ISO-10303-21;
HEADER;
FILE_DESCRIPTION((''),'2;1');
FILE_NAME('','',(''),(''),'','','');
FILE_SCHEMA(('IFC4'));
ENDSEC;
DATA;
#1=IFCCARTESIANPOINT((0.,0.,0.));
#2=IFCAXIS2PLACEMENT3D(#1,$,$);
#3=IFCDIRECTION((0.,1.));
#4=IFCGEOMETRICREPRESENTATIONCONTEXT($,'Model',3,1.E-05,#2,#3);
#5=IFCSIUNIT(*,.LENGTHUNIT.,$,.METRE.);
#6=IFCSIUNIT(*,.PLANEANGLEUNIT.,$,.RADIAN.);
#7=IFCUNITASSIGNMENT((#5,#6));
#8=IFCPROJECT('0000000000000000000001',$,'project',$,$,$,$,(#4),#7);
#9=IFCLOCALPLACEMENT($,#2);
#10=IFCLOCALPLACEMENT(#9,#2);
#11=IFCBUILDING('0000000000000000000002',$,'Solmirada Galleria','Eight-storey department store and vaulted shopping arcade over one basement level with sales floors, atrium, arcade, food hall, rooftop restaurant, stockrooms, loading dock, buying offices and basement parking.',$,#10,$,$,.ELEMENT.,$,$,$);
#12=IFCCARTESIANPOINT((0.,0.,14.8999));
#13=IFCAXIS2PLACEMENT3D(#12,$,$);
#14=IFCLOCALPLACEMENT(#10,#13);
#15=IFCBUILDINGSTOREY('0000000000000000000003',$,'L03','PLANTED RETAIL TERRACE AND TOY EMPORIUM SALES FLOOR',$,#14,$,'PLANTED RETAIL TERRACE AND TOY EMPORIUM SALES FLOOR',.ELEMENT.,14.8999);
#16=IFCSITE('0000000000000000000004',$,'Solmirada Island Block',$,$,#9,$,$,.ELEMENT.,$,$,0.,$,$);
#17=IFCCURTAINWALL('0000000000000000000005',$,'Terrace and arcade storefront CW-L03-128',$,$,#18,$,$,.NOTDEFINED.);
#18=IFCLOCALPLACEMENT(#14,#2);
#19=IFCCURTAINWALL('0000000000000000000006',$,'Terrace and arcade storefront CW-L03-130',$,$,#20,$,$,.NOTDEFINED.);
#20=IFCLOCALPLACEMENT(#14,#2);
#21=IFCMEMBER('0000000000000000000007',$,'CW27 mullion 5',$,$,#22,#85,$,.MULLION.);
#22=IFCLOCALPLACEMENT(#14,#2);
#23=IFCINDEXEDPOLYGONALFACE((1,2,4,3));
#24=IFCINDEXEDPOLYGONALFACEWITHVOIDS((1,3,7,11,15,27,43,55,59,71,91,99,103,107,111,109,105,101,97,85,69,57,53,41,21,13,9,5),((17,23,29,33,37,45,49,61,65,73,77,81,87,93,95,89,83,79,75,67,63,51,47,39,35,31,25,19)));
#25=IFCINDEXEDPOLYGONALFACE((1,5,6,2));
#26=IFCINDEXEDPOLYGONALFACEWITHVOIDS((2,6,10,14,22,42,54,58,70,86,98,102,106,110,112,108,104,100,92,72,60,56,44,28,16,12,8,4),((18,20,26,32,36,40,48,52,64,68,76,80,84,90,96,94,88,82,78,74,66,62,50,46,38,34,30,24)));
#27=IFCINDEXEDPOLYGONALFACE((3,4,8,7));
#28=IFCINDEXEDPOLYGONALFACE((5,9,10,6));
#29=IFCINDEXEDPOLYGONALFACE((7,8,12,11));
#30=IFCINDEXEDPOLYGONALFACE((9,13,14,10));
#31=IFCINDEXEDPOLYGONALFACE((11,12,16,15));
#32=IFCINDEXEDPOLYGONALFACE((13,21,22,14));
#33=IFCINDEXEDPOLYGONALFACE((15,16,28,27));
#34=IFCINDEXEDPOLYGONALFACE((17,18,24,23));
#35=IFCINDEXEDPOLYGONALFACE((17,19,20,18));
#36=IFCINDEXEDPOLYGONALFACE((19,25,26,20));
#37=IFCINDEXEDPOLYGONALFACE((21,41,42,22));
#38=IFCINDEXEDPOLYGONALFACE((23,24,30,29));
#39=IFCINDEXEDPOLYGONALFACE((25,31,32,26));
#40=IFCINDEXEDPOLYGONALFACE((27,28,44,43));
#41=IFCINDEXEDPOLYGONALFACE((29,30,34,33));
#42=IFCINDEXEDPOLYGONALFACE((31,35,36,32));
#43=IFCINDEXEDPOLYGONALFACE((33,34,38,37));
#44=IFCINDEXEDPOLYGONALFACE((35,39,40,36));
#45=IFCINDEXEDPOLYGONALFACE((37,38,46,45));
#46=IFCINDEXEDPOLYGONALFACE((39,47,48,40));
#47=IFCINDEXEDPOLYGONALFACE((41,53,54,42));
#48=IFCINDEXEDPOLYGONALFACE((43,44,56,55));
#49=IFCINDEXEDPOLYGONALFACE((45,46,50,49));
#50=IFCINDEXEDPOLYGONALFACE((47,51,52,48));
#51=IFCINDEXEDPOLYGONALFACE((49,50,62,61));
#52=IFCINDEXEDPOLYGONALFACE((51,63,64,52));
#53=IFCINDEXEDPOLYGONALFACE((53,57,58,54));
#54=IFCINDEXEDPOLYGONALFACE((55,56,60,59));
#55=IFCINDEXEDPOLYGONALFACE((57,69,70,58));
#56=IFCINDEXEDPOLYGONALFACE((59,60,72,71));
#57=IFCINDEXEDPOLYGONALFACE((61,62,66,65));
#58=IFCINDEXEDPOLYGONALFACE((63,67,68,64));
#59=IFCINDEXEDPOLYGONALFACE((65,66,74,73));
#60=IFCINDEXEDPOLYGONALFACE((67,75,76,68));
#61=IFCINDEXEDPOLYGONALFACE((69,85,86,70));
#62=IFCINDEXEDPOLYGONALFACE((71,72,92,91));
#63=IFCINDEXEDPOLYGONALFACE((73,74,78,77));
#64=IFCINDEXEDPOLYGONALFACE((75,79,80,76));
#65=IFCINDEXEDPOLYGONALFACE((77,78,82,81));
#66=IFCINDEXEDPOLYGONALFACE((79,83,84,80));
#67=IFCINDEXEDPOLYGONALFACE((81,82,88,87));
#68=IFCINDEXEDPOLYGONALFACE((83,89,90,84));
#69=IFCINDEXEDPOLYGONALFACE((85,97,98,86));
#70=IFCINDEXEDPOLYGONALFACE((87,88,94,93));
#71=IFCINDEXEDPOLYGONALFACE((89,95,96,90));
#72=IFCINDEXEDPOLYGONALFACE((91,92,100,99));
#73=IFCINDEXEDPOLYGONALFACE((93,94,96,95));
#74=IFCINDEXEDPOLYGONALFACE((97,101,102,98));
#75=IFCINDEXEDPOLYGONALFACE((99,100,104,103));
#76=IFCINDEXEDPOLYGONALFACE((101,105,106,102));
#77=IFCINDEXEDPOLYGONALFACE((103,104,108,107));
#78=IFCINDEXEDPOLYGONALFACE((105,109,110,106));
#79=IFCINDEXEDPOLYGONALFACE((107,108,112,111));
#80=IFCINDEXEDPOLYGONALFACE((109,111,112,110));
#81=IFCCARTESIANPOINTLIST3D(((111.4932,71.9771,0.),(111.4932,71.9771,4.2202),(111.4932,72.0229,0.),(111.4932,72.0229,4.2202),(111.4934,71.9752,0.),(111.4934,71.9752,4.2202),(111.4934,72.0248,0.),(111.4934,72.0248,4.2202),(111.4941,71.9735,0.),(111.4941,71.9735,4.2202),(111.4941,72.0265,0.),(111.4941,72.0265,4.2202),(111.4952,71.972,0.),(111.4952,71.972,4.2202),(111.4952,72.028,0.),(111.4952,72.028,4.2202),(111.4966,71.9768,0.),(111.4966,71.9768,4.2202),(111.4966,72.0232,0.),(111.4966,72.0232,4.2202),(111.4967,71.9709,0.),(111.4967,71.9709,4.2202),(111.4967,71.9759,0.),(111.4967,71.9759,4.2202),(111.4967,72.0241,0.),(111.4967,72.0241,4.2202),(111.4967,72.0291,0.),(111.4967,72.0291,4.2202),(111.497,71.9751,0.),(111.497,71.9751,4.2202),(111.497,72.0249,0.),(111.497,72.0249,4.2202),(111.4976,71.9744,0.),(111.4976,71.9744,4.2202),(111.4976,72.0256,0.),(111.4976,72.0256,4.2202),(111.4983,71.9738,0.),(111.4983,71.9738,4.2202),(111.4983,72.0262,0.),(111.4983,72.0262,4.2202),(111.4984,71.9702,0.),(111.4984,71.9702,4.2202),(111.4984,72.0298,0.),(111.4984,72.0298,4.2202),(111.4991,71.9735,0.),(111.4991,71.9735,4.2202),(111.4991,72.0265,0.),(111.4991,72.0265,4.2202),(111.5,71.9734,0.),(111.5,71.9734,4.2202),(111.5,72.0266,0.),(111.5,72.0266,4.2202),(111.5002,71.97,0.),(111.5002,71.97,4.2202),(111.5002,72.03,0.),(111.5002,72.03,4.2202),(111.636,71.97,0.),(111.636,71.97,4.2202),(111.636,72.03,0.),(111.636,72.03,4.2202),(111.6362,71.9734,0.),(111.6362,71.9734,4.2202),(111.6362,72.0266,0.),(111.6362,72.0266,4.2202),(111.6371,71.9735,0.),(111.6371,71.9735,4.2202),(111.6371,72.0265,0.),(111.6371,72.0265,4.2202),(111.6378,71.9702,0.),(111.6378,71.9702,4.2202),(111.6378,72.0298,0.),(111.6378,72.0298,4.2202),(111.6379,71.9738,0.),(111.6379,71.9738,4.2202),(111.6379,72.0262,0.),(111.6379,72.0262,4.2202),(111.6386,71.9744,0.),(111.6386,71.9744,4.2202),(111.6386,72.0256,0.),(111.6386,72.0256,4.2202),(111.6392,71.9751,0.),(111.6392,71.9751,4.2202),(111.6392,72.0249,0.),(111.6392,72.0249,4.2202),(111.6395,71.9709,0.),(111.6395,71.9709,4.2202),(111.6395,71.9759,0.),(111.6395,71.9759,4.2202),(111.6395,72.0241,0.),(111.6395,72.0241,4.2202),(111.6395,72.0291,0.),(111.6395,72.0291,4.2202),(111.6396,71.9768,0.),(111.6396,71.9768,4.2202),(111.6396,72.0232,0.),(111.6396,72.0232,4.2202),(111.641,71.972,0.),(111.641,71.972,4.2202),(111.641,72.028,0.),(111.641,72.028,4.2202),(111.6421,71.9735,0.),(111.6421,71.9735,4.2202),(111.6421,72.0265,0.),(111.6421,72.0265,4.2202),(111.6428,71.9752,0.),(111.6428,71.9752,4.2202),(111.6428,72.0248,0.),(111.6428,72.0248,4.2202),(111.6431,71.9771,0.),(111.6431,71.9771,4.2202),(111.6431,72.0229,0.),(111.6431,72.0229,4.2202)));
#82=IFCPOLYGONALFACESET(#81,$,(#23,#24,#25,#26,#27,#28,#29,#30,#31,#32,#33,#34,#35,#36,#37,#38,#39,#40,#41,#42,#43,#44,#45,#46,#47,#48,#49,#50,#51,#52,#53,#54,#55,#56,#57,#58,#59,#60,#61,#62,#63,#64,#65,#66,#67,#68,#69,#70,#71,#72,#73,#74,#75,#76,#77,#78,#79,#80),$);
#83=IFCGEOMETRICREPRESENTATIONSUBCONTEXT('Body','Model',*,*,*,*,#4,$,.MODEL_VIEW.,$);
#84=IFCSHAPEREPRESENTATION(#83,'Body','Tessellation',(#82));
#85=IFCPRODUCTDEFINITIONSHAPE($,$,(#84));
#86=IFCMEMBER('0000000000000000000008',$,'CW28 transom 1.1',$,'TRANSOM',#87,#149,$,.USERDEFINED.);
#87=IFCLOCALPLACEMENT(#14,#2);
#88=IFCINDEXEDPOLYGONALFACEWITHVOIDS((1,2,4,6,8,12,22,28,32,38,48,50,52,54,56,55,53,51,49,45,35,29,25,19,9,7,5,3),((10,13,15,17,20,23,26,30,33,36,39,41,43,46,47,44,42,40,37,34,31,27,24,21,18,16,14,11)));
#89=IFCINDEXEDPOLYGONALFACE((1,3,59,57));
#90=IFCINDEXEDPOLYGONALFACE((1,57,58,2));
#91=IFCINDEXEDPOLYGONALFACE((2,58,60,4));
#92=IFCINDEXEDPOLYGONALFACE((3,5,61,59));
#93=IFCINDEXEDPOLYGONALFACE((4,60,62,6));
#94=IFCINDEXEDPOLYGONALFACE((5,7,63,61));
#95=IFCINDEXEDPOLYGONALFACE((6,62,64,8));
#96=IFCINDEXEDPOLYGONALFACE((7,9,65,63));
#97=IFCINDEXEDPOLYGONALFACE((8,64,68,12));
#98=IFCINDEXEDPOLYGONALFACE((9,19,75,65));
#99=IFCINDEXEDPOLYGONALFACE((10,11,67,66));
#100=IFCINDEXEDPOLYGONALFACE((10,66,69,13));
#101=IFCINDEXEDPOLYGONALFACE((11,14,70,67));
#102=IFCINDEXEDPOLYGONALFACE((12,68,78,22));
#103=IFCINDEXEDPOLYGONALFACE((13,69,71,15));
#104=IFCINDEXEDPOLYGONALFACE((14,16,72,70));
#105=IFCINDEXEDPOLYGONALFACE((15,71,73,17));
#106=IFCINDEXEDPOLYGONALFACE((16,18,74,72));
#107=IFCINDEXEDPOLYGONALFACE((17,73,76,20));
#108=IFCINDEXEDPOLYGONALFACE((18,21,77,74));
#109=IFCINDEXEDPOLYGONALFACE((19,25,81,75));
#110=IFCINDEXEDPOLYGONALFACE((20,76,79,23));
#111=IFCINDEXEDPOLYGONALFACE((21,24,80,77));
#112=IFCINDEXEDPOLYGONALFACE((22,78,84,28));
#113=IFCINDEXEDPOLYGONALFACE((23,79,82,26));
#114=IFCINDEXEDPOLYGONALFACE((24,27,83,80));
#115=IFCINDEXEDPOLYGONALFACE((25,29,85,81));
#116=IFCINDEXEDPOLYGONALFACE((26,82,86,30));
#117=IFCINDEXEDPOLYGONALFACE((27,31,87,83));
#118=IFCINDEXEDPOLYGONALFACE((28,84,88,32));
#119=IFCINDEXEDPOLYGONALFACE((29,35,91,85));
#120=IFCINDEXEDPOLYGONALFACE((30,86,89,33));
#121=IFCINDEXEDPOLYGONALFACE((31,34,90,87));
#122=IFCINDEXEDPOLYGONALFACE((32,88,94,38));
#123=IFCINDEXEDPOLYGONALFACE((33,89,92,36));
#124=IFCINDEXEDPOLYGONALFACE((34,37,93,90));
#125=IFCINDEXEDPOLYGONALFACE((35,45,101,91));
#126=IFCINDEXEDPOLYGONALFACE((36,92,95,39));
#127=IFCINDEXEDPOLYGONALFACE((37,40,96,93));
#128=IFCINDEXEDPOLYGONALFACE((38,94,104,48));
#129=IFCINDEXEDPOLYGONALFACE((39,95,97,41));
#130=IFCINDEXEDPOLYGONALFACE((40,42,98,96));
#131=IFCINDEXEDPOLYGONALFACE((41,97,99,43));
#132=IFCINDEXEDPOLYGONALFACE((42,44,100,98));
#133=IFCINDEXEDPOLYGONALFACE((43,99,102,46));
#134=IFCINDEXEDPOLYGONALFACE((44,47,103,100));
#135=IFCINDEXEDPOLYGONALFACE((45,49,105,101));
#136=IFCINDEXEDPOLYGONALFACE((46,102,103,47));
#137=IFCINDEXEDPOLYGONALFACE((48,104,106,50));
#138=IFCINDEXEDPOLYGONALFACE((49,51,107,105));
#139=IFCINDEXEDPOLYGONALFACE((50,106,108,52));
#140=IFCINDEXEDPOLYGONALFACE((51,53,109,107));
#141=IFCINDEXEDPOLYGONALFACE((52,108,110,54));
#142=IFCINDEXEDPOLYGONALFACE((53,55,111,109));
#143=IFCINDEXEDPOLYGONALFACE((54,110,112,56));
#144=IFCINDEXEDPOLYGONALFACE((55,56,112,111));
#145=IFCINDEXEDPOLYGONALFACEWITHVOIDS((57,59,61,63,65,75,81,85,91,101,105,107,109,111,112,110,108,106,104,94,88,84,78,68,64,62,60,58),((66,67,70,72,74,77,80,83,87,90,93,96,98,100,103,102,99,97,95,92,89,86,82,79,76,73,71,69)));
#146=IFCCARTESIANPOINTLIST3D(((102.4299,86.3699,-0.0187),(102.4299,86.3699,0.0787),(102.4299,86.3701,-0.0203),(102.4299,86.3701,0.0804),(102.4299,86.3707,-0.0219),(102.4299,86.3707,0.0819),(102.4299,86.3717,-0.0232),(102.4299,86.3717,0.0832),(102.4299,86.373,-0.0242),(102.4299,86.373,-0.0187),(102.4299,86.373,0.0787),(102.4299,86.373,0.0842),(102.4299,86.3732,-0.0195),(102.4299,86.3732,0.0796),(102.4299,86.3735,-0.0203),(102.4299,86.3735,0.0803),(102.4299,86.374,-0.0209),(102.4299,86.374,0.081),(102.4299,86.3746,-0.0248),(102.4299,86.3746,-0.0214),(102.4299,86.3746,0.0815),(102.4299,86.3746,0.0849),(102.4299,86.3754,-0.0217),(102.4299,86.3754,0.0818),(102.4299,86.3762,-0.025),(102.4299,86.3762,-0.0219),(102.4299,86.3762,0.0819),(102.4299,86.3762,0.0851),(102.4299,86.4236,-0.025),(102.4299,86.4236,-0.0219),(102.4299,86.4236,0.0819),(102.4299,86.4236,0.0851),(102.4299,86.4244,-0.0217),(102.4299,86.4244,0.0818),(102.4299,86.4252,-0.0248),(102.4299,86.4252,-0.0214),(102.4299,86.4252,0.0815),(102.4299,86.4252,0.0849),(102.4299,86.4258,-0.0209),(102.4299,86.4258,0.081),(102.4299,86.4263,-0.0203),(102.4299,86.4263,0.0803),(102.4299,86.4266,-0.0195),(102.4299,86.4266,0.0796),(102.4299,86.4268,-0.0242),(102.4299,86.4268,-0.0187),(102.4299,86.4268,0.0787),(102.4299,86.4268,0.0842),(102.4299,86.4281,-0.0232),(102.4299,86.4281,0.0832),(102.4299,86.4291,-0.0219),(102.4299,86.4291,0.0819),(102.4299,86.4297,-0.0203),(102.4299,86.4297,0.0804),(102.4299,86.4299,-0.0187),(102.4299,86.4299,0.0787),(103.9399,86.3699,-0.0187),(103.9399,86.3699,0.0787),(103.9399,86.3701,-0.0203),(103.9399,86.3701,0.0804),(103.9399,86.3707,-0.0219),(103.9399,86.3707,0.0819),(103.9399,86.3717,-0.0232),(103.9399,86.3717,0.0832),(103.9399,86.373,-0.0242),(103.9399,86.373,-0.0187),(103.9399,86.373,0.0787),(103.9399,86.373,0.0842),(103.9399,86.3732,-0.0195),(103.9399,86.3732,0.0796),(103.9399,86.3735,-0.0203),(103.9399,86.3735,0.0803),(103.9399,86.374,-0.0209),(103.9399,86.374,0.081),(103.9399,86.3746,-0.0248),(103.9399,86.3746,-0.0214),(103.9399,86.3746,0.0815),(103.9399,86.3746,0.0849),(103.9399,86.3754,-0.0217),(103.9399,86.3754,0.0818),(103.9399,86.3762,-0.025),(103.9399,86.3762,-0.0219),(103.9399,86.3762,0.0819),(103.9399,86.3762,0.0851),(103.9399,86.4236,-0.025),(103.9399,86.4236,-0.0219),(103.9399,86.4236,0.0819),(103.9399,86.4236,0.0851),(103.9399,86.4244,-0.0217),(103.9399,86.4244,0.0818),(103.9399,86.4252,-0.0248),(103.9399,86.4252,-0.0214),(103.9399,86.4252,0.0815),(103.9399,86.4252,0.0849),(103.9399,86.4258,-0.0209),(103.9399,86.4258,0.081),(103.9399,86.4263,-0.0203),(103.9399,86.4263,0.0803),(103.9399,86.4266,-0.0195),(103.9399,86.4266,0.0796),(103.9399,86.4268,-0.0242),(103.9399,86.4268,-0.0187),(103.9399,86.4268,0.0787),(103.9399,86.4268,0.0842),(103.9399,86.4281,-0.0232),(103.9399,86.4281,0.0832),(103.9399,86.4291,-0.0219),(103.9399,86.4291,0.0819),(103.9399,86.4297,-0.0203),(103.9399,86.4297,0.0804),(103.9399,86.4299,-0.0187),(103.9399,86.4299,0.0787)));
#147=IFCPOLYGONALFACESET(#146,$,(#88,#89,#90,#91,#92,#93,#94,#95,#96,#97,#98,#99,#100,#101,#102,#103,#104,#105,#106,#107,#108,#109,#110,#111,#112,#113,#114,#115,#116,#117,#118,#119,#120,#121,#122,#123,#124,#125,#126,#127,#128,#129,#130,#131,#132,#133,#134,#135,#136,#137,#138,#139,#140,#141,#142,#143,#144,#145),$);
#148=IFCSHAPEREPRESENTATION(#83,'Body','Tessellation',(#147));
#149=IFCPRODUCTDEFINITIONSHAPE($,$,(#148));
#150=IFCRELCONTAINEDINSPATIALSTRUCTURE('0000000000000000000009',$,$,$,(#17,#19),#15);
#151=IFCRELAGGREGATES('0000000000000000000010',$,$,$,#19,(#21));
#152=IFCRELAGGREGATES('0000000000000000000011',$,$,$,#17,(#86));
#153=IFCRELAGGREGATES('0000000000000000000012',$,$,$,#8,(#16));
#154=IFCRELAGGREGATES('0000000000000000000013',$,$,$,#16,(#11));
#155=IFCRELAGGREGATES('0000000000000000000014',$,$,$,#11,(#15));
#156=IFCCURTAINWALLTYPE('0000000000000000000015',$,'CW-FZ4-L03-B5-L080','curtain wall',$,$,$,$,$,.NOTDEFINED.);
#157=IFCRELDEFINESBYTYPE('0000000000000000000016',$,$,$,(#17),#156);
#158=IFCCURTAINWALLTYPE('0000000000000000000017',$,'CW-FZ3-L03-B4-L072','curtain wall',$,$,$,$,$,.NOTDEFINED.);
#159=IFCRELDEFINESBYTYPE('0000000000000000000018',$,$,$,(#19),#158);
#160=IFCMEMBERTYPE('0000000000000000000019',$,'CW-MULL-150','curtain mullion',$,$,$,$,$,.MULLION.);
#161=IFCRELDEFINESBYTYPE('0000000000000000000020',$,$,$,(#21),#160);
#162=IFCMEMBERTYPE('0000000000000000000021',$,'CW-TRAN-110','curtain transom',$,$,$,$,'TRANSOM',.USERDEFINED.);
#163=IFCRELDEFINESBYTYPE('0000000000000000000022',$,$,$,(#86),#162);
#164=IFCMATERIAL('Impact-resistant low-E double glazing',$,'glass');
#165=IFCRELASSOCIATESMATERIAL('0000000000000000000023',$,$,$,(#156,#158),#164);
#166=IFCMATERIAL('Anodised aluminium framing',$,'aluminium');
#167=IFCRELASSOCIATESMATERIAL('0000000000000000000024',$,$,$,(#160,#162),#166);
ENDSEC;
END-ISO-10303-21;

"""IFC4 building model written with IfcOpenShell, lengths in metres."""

from ifc_helpers import new_model, si_unit, direction, frame, origin, origin_2d, place, context, subcontext, project, spatial, hollow_rectangle, extrude, material, material_profile, profile_set, type_object, element, aggregate, save


model = new_model("IFC4")

# Units and contexts
model_context = context("Model", 3, precision=1e-05, world=origin(), true_north=direction((0.0, 1.0)))
body_context = subcontext(model_context, "Body", "Model", "MODEL_VIEW")
ifc_project = project(units=[si_unit("LENGTHUNIT", "METRE"), si_unit("PLANEANGLEUNIT", "RADIAN")], contexts=[model_context])

# Site, building, storey
site_placement = place(None, origin())
site = spatial("IfcSite", under=ifc_project, at=site_placement, Name="Solmirada Island Block", CompositionType="ELEMENT", RefElevation=0.0)
building_placement = place(site_placement, origin())
building = spatial("IfcBuilding", under=site, at=building_placement, Name="Solmirada Galleria", Description="Eight-storey department store and vaulted shopping arcade over one basement level with sales floors, atrium, arcade, food hall, rooftop restaurant, stockrooms, loading dock, buying offices and basement parking.", CompositionType="ELEMENT")
storey_placement = place(building_placement, frame((0.0, 0.0, 14.8999)))
storey = spatial("IfcBuildingStorey", under=building, at=storey_placement, Name="L03", Description="PLANTED RETAIL TERRACE AND TOY EMPORIUM SALES FLOOR", LongName="PLANTED RETAIL TERRACE AND TOY EMPORIUM SALES FLOOR", CompositionType="ELEMENT", Elevation=14.8999)

# Curtain wall
ifc_material_1 = material(Name="Impact-resistant low-E double glazing", Category="glass")
curtain_wall_type_1 = type_object("IfcCurtainWallType", Name="CW-FZ4-L03-B5-L080", Description="curtain wall", PredefinedType="NOTDEFINED", material=ifc_material_1)
curtain_wall_1_placement = place(storey_placement, origin())
curtain_wall_1 = element("IfcCurtainWall", 1, at=curtain_wall_1_placement, inside=storey, type_object=curtain_wall_type_1, Name="Terrace and arcade storefront CW-L03-128", PredefinedType="NOTDEFINED")
ifc_material_2 = material(Name="Anodised aluminium framing", Category="aluminium")
ifc_material_profile_1 = material_profile(ifc_material_2, hollow_rectangle(XDim=0.0601, YDim=0.1499, WallThickness=0.0034, InnerFilletRadius=0.0034, OuterFilletRadius=0.0071, at=origin_2d()), Name="ALU-MULL-150X60")
ifc_profile_set_1 = profile_set([ifc_material_profile_1], Name="Anodised aluminium framing")
member_type_1 = type_object("IfcMemberType", Name="CW-MULL-150", Description="curtain mullion", PredefinedType="MULLION", material=ifc_profile_set_1)

# Curtain wall, member
curtain_wall_type_2 = type_object("IfcCurtainWallType", Name="CW-FZ3-L03-B4-L072", Description="curtain wall", PredefinedType="NOTDEFINED", material=ifc_material_1)
curtain_wall_2_placement = place(storey_placement, origin())
curtain_wall_2 = element("IfcCurtainWall", 2, at=curtain_wall_2_placement, inside=storey, type_object=curtain_wall_type_2, Name="Terrace and arcade storefront CW-L03-130", PredefinedType="NOTDEFINED")
member_1_placement = place(storey_placement, frame((111.5681, 72.0, 0.0), z_axis=(0.0, 0.0, 1.0), x_axis=(0.0, 1.0, 0.0)))
member_1 = element("IfcMember", 3, at=member_1_placement, type_object=member_type_1, Name="CW27 mullion 5", PredefinedType="MULLION", context=body_context, shape_type="SweptSolid", body=[
    extrude(hollow_rectangle(XDim=0.0601, YDim=0.1499, WallThickness=0.0034, InnerFilletRadius=0.0034, OuterFilletRadius=0.0071, at=origin_2d()), origin(), (0.0, 0.0, 1.0), 4.2202),
])

# Member
ifc_material_profile_2 = material_profile(ifc_material_2, hollow_rectangle(XDim=0.0601, YDim=0.1101, WallThickness=0.0032, InnerFilletRadius=0.0032, OuterFilletRadius=0.0063, at=origin_2d()), Name="ALU-TRAN-110X60")
ifc_profile_set_2 = profile_set([ifc_material_profile_2], Name="Anodised aluminium framing")
member_type_2 = type_object("IfcMemberType", Name="CW-TRAN-110", Description="curtain transom", ElementType="TRANSOM", PredefinedType="USERDEFINED", material=ifc_profile_set_2)
member_2_placement = place(storey_placement, frame((103.9399, 86.3999, 0.03), z_axis=(-1.0, 0.0, 0.0), x_axis=(0.0, -1.0, 0.0)))
member_2 = element("IfcMember", 4, at=member_2_placement, type_object=member_type_2, Name="CW28 transom 1.1", ObjectType="TRANSOM", PredefinedType="USERDEFINED", context=body_context, shape_type="SweptSolid", body=[
    extrude(hollow_rectangle(XDim=0.0601, YDim=0.1101, WallThickness=0.0032, InnerFilletRadius=0.0032, OuterFilletRadius=0.0063, at=origin_2d()), origin(), (0.0, 0.0, 1.0), 1.51),
])

aggregate(curtain_wall_2, [member_1])
aggregate(curtain_wall_1, [member_2])

save(model, "model.ifc")
